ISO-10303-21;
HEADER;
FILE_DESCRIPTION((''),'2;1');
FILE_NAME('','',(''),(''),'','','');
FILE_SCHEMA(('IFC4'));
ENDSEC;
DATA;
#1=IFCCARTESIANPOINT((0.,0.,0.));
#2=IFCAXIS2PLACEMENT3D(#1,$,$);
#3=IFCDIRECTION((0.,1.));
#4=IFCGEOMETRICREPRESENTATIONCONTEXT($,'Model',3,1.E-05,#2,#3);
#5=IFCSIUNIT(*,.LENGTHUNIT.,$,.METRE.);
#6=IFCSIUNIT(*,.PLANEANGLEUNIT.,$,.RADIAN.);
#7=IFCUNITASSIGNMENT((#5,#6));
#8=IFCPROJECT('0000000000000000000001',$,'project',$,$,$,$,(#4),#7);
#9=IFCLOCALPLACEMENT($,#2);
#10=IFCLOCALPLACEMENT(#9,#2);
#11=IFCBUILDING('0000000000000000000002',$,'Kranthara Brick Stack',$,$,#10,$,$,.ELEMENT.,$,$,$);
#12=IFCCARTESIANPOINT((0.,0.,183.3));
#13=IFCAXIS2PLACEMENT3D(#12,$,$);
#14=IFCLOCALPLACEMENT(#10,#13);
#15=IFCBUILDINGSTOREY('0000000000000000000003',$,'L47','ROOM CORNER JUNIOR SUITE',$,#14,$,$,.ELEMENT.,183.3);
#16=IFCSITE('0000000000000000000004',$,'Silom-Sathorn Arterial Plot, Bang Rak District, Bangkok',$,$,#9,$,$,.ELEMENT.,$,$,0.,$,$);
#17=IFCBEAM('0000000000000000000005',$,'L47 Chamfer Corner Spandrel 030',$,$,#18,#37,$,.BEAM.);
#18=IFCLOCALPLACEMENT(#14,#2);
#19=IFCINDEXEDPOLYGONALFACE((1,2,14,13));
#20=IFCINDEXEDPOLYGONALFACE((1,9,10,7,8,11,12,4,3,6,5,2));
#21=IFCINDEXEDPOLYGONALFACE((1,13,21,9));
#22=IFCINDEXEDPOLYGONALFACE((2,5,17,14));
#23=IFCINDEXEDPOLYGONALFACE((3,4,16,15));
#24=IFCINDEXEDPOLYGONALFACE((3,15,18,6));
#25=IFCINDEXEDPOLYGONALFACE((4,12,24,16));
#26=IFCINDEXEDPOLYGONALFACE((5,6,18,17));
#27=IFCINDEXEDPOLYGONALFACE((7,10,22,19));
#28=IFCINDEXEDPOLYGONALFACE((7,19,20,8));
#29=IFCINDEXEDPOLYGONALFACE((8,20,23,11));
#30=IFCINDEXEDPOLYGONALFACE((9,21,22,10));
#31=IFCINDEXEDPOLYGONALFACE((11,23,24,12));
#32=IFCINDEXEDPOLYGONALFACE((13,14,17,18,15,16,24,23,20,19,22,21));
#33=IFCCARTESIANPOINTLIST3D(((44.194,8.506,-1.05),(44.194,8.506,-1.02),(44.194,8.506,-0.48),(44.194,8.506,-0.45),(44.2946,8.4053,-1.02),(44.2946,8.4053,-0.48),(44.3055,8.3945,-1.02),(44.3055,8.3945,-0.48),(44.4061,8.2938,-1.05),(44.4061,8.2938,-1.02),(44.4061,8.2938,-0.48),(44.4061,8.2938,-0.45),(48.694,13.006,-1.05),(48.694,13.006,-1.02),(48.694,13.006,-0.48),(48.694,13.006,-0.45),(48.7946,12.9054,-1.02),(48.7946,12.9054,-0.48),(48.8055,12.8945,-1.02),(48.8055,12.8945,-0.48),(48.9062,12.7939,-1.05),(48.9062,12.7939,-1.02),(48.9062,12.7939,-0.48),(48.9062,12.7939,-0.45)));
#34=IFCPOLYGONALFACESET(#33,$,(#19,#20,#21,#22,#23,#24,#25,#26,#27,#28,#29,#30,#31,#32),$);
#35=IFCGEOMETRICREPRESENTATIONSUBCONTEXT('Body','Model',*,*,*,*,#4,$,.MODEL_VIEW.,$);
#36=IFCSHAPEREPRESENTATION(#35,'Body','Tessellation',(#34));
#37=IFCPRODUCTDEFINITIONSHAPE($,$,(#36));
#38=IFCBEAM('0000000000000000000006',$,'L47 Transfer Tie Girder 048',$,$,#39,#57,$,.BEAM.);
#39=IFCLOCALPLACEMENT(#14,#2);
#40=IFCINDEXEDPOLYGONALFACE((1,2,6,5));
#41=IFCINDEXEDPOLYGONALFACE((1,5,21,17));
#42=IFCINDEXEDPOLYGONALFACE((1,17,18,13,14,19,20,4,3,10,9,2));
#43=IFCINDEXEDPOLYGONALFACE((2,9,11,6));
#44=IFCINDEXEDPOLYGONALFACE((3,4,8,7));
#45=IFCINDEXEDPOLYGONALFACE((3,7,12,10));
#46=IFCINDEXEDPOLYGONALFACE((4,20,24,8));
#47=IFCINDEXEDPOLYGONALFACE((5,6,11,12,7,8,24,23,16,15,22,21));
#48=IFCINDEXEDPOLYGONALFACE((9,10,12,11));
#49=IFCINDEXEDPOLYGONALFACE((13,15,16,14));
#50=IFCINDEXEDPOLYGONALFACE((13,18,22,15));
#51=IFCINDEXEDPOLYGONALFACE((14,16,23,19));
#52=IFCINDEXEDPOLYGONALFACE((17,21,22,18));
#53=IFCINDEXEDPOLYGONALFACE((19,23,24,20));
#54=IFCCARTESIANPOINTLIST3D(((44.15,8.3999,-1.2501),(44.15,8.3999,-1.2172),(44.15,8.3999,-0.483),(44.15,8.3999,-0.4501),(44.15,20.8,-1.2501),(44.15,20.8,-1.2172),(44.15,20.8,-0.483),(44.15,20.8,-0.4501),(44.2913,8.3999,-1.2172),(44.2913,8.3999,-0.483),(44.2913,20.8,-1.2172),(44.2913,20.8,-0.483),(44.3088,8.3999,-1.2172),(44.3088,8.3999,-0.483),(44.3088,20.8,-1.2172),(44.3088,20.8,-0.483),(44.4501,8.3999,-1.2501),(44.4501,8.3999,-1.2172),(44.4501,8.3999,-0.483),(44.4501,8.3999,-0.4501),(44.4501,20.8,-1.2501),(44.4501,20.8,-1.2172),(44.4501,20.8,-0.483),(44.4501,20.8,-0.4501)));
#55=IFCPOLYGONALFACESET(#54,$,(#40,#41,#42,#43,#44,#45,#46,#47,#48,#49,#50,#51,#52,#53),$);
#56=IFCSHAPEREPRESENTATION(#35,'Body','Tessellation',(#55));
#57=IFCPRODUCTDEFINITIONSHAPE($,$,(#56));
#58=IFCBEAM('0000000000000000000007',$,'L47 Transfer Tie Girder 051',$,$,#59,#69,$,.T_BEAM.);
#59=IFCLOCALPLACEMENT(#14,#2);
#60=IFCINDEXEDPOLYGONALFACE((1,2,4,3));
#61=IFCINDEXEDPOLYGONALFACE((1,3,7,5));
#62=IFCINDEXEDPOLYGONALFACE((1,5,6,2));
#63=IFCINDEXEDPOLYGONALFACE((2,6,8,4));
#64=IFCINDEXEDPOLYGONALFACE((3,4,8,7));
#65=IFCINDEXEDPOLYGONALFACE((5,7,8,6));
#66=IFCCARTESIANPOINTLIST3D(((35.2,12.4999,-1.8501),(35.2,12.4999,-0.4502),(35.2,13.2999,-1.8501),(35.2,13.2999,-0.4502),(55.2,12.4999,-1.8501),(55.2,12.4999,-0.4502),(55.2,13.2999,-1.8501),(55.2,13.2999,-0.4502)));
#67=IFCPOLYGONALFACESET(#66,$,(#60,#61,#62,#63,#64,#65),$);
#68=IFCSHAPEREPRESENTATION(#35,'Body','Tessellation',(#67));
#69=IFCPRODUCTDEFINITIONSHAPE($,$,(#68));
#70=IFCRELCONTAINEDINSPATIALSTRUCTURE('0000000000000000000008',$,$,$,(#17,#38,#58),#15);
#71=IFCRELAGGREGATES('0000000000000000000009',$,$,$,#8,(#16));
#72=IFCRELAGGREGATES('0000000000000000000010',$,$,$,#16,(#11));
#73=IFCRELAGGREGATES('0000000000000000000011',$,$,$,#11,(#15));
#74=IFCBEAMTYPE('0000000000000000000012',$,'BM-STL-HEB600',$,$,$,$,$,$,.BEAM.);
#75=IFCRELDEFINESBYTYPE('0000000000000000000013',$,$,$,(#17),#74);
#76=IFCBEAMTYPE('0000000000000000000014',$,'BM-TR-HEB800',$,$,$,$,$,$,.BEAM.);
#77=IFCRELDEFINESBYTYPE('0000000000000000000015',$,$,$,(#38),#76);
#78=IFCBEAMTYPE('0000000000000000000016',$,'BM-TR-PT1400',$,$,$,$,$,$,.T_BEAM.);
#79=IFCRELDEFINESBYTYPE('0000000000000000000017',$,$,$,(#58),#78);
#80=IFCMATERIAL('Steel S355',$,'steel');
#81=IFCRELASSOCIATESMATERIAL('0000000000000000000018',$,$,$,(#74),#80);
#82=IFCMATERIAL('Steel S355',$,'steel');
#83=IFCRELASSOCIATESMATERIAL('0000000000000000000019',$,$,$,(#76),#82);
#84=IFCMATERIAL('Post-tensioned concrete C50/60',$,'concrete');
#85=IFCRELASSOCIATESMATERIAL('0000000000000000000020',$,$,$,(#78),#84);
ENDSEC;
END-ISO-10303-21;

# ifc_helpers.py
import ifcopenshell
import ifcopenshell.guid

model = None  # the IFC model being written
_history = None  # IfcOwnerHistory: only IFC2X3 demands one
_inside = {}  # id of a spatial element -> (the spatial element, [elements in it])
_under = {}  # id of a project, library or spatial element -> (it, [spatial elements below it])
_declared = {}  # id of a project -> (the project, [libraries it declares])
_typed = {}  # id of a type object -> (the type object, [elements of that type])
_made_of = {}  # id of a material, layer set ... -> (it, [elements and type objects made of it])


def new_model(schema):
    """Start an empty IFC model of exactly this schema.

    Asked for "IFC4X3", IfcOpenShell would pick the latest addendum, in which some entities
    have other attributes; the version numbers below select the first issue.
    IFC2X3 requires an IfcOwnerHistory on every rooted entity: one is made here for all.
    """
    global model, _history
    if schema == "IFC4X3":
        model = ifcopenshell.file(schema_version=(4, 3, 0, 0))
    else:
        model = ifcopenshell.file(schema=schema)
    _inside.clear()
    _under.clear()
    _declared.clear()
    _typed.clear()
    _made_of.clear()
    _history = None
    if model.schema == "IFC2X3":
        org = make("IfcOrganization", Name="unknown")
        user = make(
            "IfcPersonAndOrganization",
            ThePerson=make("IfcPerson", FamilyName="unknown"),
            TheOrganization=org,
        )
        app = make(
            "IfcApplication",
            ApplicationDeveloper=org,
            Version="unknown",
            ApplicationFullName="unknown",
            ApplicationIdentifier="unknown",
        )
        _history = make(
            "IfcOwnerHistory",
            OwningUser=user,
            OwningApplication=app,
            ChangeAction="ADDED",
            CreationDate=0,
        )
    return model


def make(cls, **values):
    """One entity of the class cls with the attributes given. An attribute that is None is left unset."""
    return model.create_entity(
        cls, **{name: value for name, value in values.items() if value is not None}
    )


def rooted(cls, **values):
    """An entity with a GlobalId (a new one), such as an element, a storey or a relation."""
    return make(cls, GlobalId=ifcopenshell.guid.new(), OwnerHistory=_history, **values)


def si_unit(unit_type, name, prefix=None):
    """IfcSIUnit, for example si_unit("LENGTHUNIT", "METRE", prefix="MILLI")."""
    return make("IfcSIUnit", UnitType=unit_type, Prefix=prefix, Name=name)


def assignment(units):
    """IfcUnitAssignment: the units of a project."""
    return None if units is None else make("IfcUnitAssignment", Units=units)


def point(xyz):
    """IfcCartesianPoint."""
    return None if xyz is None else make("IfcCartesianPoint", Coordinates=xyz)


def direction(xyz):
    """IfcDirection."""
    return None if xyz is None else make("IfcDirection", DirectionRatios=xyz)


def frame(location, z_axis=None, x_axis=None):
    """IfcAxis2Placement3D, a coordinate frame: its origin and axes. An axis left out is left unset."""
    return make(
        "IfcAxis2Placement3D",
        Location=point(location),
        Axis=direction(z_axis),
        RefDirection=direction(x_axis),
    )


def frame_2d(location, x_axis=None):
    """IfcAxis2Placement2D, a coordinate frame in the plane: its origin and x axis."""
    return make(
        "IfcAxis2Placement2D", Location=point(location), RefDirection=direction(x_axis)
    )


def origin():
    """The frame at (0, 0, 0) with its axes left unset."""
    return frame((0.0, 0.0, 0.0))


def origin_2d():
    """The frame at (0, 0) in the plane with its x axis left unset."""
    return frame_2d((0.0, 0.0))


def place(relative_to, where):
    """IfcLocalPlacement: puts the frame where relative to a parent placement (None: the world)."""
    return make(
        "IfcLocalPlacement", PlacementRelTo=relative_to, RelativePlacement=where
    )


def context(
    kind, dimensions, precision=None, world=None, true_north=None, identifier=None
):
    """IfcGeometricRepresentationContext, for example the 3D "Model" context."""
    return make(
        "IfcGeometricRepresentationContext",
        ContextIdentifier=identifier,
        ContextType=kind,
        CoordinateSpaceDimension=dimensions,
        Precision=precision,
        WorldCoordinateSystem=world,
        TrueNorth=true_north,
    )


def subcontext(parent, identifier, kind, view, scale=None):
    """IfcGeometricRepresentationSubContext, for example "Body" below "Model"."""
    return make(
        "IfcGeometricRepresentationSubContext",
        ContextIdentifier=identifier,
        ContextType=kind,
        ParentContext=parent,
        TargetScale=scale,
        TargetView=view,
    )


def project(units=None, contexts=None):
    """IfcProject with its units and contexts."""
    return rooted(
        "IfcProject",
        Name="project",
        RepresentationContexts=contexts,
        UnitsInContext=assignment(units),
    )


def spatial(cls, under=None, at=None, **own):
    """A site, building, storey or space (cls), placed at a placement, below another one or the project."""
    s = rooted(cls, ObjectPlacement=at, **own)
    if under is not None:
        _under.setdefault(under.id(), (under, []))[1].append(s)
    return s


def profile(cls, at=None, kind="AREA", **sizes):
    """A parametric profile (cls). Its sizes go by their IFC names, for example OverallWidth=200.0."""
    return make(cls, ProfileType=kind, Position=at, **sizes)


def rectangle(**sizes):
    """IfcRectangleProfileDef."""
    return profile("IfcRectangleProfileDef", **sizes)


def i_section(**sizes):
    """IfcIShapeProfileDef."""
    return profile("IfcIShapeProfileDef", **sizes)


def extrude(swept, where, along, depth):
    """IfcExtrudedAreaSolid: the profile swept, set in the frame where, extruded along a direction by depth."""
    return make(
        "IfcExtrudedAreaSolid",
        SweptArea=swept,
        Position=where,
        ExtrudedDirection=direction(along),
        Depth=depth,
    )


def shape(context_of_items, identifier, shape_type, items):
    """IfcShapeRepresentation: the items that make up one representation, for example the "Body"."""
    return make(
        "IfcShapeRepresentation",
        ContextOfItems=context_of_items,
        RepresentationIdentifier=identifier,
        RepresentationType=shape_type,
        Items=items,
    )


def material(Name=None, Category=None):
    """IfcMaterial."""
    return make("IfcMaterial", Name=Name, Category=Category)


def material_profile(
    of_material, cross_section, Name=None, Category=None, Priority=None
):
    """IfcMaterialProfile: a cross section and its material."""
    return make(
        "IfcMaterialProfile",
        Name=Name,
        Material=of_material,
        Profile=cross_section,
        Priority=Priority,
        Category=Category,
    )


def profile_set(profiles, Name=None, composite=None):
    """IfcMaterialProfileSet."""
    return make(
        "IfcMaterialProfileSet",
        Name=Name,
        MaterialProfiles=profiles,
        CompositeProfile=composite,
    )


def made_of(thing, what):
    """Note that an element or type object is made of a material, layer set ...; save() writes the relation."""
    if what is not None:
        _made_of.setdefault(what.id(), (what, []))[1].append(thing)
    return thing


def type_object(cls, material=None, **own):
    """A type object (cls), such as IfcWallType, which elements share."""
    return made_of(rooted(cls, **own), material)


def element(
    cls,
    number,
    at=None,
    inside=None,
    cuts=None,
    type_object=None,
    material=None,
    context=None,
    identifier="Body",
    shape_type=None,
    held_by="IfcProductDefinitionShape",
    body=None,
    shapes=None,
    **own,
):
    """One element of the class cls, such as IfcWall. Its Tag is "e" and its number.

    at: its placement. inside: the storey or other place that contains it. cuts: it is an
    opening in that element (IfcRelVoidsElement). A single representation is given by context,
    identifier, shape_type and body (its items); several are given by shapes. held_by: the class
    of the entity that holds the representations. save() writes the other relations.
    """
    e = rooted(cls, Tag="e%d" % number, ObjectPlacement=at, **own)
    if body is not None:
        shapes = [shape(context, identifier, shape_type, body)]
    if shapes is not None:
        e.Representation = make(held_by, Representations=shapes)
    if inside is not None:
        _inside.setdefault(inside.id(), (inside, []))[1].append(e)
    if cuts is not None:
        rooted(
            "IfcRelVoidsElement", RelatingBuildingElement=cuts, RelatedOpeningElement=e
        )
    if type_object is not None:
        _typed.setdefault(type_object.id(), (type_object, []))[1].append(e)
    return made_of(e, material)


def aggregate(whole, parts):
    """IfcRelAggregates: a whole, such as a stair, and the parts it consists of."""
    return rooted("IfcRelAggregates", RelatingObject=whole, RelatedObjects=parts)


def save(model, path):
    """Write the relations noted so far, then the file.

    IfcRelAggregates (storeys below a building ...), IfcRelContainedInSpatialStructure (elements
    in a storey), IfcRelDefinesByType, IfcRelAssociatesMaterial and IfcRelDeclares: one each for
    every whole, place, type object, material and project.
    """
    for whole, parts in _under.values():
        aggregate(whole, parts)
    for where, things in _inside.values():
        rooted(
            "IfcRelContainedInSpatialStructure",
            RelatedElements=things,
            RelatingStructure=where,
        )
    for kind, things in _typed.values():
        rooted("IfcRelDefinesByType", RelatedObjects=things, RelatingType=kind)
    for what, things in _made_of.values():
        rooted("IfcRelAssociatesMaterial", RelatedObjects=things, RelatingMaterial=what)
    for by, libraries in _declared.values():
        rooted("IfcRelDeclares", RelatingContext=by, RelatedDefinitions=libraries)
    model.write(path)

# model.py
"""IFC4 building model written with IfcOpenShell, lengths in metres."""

from ifc_helpers import new_model, si_unit, direction, frame, origin, origin_2d, place, context, subcontext, project, spatial, rectangle, i_section, extrude, material, material_profile, profile_set, type_object, element, save


model = new_model("IFC4")

# Units and contexts
model_context = context("Model", 3, precision=1e-05, world=origin(), true_north=direction((0.0, 1.0)))
body_context = subcontext(model_context, "Body", "Model", "MODEL_VIEW")
ifc_project = project(units=[si_unit("LENGTHUNIT", "METRE"), si_unit("PLANEANGLEUNIT", "RADIAN")], contexts=[model_context])

# Site, building, storey
site_placement = place(None, origin())
site = spatial("IfcSite", under=ifc_project, at=site_placement, Name="Silom-Sathorn Arterial Plot, Bang Rak District, Bangkok", CompositionType="ELEMENT", RefElevation=0.0)
building_placement = place(site_placement, origin())
building = spatial("IfcBuilding", under=site, at=building_placement, Name="Kranthara Brick Stack", CompositionType="ELEMENT")
storey_placement = place(building_placement, frame((0.0, 0.0, 183.3)))
storey = spatial("IfcBuildingStorey", under=building, at=storey_placement, Name="L47", Description="ROOM CORNER JUNIOR SUITE", CompositionType="ELEMENT", Elevation=183.3)

# Beams
ifc_material_1 = material(Name="Steel S355", Category="steel")
ifc_material_profile_1 = material_profile(ifc_material_1, i_section(OverallWidth=0.3, OverallDepth=0.6001, WebThickness=0.0154, FlangeThickness=0.03, at=origin_2d()), Name="HEB 600")
ifc_profile_set_1 = profile_set([ifc_material_profile_1], Name="Steel S355")
beam_type_1 = type_object("IfcBeamType", Name="BM-STL-HEB600", PredefinedType="BEAM", material=ifc_profile_set_1)
beam_1_placement = place(storey_placement, frame((44.3, 8.3999, -0.75), z_axis=(0.707107, 0.707107, 0.0), x_axis=(-0.707107, 0.707107, 0.0)))
element("IfcBeam", 1, at=beam_1_placement, inside=storey, type_object=beam_type_1, Name="L47 Chamfer Corner Spandrel 030", PredefinedType="BEAM", context=body_context, shape_type="SweptSolid", body=[
    extrude(i_section(OverallWidth=0.3, OverallDepth=0.6001, WebThickness=0.0154, FlangeThickness=0.03, at=origin_2d()), origin(), (0.0, 0.0, 1.0), 6.364),
])
ifc_material_2 = material(Name="Steel S355", Category="steel")
ifc_material_profile_2 = material_profile(ifc_material_2, i_section(OverallWidth=0.3, OverallDepth=0.8, WebThickness=0.0176, FlangeThickness=0.033, at=origin_2d()), Name="HEB 800")
ifc_profile_set_2 = profile_set([ifc_material_profile_2], Name="Steel S355")
beam_type_2 = type_object("IfcBeamType", Name="BM-TR-HEB800", PredefinedType="BEAM", material=ifc_profile_set_2)
beam_2_placement = place(storey_placement, frame((44.3, 8.3999, -0.8501), z_axis=(0.0, 1.0, 0.0), x_axis=(-1.0, 0.0, 0.0)))
element("IfcBeam", 2, at=beam_2_placement, inside=storey, type_object=beam_type_2, Name="L47 Transfer Tie Girder 048", PredefinedType="BEAM", context=body_context, shape_type="SweptSolid", body=[
    extrude(i_section(OverallWidth=0.3, OverallDepth=0.8, WebThickness=0.0176, FlangeThickness=0.033, at=origin_2d()), origin(), (0.0, 0.0, 1.0), 12.4001),
])
ifc_material_3 = material(Name="Post-tensioned concrete C50/60", Category="concrete")
ifc_material_profile_3 = material_profile(ifc_material_3, rectangle(XDim=0.8, YDim=1.3999, at=origin_2d()), Name="PT 800x1400")
ifc_profile_set_3 = profile_set([ifc_material_profile_3], Name="Post-tensioned concrete C50/60")
beam_type_3 = type_object("IfcBeamType", Name="BM-TR-PT1400", PredefinedType="T_BEAM", material=ifc_profile_set_3)
beam_3_placement = place(storey_placement, frame((55.2, 12.8999, -1.1501), z_axis=(-1.0, 0.0, 0.0), x_axis=(0.0, -1.0, 0.0)))
element("IfcBeam", 3, at=beam_3_placement, inside=storey, type_object=beam_type_3, Name="L47 Transfer Tie Girder 051", PredefinedType="T_BEAM", context=body_context, shape_type="SweptSolid", body=[
    extrude(rectangle(XDim=0.8, YDim=1.3999, at=origin_2d()), origin(), (0.0, 0.0, 1.0), 20.0),
])

save(model, "model.ifc")
